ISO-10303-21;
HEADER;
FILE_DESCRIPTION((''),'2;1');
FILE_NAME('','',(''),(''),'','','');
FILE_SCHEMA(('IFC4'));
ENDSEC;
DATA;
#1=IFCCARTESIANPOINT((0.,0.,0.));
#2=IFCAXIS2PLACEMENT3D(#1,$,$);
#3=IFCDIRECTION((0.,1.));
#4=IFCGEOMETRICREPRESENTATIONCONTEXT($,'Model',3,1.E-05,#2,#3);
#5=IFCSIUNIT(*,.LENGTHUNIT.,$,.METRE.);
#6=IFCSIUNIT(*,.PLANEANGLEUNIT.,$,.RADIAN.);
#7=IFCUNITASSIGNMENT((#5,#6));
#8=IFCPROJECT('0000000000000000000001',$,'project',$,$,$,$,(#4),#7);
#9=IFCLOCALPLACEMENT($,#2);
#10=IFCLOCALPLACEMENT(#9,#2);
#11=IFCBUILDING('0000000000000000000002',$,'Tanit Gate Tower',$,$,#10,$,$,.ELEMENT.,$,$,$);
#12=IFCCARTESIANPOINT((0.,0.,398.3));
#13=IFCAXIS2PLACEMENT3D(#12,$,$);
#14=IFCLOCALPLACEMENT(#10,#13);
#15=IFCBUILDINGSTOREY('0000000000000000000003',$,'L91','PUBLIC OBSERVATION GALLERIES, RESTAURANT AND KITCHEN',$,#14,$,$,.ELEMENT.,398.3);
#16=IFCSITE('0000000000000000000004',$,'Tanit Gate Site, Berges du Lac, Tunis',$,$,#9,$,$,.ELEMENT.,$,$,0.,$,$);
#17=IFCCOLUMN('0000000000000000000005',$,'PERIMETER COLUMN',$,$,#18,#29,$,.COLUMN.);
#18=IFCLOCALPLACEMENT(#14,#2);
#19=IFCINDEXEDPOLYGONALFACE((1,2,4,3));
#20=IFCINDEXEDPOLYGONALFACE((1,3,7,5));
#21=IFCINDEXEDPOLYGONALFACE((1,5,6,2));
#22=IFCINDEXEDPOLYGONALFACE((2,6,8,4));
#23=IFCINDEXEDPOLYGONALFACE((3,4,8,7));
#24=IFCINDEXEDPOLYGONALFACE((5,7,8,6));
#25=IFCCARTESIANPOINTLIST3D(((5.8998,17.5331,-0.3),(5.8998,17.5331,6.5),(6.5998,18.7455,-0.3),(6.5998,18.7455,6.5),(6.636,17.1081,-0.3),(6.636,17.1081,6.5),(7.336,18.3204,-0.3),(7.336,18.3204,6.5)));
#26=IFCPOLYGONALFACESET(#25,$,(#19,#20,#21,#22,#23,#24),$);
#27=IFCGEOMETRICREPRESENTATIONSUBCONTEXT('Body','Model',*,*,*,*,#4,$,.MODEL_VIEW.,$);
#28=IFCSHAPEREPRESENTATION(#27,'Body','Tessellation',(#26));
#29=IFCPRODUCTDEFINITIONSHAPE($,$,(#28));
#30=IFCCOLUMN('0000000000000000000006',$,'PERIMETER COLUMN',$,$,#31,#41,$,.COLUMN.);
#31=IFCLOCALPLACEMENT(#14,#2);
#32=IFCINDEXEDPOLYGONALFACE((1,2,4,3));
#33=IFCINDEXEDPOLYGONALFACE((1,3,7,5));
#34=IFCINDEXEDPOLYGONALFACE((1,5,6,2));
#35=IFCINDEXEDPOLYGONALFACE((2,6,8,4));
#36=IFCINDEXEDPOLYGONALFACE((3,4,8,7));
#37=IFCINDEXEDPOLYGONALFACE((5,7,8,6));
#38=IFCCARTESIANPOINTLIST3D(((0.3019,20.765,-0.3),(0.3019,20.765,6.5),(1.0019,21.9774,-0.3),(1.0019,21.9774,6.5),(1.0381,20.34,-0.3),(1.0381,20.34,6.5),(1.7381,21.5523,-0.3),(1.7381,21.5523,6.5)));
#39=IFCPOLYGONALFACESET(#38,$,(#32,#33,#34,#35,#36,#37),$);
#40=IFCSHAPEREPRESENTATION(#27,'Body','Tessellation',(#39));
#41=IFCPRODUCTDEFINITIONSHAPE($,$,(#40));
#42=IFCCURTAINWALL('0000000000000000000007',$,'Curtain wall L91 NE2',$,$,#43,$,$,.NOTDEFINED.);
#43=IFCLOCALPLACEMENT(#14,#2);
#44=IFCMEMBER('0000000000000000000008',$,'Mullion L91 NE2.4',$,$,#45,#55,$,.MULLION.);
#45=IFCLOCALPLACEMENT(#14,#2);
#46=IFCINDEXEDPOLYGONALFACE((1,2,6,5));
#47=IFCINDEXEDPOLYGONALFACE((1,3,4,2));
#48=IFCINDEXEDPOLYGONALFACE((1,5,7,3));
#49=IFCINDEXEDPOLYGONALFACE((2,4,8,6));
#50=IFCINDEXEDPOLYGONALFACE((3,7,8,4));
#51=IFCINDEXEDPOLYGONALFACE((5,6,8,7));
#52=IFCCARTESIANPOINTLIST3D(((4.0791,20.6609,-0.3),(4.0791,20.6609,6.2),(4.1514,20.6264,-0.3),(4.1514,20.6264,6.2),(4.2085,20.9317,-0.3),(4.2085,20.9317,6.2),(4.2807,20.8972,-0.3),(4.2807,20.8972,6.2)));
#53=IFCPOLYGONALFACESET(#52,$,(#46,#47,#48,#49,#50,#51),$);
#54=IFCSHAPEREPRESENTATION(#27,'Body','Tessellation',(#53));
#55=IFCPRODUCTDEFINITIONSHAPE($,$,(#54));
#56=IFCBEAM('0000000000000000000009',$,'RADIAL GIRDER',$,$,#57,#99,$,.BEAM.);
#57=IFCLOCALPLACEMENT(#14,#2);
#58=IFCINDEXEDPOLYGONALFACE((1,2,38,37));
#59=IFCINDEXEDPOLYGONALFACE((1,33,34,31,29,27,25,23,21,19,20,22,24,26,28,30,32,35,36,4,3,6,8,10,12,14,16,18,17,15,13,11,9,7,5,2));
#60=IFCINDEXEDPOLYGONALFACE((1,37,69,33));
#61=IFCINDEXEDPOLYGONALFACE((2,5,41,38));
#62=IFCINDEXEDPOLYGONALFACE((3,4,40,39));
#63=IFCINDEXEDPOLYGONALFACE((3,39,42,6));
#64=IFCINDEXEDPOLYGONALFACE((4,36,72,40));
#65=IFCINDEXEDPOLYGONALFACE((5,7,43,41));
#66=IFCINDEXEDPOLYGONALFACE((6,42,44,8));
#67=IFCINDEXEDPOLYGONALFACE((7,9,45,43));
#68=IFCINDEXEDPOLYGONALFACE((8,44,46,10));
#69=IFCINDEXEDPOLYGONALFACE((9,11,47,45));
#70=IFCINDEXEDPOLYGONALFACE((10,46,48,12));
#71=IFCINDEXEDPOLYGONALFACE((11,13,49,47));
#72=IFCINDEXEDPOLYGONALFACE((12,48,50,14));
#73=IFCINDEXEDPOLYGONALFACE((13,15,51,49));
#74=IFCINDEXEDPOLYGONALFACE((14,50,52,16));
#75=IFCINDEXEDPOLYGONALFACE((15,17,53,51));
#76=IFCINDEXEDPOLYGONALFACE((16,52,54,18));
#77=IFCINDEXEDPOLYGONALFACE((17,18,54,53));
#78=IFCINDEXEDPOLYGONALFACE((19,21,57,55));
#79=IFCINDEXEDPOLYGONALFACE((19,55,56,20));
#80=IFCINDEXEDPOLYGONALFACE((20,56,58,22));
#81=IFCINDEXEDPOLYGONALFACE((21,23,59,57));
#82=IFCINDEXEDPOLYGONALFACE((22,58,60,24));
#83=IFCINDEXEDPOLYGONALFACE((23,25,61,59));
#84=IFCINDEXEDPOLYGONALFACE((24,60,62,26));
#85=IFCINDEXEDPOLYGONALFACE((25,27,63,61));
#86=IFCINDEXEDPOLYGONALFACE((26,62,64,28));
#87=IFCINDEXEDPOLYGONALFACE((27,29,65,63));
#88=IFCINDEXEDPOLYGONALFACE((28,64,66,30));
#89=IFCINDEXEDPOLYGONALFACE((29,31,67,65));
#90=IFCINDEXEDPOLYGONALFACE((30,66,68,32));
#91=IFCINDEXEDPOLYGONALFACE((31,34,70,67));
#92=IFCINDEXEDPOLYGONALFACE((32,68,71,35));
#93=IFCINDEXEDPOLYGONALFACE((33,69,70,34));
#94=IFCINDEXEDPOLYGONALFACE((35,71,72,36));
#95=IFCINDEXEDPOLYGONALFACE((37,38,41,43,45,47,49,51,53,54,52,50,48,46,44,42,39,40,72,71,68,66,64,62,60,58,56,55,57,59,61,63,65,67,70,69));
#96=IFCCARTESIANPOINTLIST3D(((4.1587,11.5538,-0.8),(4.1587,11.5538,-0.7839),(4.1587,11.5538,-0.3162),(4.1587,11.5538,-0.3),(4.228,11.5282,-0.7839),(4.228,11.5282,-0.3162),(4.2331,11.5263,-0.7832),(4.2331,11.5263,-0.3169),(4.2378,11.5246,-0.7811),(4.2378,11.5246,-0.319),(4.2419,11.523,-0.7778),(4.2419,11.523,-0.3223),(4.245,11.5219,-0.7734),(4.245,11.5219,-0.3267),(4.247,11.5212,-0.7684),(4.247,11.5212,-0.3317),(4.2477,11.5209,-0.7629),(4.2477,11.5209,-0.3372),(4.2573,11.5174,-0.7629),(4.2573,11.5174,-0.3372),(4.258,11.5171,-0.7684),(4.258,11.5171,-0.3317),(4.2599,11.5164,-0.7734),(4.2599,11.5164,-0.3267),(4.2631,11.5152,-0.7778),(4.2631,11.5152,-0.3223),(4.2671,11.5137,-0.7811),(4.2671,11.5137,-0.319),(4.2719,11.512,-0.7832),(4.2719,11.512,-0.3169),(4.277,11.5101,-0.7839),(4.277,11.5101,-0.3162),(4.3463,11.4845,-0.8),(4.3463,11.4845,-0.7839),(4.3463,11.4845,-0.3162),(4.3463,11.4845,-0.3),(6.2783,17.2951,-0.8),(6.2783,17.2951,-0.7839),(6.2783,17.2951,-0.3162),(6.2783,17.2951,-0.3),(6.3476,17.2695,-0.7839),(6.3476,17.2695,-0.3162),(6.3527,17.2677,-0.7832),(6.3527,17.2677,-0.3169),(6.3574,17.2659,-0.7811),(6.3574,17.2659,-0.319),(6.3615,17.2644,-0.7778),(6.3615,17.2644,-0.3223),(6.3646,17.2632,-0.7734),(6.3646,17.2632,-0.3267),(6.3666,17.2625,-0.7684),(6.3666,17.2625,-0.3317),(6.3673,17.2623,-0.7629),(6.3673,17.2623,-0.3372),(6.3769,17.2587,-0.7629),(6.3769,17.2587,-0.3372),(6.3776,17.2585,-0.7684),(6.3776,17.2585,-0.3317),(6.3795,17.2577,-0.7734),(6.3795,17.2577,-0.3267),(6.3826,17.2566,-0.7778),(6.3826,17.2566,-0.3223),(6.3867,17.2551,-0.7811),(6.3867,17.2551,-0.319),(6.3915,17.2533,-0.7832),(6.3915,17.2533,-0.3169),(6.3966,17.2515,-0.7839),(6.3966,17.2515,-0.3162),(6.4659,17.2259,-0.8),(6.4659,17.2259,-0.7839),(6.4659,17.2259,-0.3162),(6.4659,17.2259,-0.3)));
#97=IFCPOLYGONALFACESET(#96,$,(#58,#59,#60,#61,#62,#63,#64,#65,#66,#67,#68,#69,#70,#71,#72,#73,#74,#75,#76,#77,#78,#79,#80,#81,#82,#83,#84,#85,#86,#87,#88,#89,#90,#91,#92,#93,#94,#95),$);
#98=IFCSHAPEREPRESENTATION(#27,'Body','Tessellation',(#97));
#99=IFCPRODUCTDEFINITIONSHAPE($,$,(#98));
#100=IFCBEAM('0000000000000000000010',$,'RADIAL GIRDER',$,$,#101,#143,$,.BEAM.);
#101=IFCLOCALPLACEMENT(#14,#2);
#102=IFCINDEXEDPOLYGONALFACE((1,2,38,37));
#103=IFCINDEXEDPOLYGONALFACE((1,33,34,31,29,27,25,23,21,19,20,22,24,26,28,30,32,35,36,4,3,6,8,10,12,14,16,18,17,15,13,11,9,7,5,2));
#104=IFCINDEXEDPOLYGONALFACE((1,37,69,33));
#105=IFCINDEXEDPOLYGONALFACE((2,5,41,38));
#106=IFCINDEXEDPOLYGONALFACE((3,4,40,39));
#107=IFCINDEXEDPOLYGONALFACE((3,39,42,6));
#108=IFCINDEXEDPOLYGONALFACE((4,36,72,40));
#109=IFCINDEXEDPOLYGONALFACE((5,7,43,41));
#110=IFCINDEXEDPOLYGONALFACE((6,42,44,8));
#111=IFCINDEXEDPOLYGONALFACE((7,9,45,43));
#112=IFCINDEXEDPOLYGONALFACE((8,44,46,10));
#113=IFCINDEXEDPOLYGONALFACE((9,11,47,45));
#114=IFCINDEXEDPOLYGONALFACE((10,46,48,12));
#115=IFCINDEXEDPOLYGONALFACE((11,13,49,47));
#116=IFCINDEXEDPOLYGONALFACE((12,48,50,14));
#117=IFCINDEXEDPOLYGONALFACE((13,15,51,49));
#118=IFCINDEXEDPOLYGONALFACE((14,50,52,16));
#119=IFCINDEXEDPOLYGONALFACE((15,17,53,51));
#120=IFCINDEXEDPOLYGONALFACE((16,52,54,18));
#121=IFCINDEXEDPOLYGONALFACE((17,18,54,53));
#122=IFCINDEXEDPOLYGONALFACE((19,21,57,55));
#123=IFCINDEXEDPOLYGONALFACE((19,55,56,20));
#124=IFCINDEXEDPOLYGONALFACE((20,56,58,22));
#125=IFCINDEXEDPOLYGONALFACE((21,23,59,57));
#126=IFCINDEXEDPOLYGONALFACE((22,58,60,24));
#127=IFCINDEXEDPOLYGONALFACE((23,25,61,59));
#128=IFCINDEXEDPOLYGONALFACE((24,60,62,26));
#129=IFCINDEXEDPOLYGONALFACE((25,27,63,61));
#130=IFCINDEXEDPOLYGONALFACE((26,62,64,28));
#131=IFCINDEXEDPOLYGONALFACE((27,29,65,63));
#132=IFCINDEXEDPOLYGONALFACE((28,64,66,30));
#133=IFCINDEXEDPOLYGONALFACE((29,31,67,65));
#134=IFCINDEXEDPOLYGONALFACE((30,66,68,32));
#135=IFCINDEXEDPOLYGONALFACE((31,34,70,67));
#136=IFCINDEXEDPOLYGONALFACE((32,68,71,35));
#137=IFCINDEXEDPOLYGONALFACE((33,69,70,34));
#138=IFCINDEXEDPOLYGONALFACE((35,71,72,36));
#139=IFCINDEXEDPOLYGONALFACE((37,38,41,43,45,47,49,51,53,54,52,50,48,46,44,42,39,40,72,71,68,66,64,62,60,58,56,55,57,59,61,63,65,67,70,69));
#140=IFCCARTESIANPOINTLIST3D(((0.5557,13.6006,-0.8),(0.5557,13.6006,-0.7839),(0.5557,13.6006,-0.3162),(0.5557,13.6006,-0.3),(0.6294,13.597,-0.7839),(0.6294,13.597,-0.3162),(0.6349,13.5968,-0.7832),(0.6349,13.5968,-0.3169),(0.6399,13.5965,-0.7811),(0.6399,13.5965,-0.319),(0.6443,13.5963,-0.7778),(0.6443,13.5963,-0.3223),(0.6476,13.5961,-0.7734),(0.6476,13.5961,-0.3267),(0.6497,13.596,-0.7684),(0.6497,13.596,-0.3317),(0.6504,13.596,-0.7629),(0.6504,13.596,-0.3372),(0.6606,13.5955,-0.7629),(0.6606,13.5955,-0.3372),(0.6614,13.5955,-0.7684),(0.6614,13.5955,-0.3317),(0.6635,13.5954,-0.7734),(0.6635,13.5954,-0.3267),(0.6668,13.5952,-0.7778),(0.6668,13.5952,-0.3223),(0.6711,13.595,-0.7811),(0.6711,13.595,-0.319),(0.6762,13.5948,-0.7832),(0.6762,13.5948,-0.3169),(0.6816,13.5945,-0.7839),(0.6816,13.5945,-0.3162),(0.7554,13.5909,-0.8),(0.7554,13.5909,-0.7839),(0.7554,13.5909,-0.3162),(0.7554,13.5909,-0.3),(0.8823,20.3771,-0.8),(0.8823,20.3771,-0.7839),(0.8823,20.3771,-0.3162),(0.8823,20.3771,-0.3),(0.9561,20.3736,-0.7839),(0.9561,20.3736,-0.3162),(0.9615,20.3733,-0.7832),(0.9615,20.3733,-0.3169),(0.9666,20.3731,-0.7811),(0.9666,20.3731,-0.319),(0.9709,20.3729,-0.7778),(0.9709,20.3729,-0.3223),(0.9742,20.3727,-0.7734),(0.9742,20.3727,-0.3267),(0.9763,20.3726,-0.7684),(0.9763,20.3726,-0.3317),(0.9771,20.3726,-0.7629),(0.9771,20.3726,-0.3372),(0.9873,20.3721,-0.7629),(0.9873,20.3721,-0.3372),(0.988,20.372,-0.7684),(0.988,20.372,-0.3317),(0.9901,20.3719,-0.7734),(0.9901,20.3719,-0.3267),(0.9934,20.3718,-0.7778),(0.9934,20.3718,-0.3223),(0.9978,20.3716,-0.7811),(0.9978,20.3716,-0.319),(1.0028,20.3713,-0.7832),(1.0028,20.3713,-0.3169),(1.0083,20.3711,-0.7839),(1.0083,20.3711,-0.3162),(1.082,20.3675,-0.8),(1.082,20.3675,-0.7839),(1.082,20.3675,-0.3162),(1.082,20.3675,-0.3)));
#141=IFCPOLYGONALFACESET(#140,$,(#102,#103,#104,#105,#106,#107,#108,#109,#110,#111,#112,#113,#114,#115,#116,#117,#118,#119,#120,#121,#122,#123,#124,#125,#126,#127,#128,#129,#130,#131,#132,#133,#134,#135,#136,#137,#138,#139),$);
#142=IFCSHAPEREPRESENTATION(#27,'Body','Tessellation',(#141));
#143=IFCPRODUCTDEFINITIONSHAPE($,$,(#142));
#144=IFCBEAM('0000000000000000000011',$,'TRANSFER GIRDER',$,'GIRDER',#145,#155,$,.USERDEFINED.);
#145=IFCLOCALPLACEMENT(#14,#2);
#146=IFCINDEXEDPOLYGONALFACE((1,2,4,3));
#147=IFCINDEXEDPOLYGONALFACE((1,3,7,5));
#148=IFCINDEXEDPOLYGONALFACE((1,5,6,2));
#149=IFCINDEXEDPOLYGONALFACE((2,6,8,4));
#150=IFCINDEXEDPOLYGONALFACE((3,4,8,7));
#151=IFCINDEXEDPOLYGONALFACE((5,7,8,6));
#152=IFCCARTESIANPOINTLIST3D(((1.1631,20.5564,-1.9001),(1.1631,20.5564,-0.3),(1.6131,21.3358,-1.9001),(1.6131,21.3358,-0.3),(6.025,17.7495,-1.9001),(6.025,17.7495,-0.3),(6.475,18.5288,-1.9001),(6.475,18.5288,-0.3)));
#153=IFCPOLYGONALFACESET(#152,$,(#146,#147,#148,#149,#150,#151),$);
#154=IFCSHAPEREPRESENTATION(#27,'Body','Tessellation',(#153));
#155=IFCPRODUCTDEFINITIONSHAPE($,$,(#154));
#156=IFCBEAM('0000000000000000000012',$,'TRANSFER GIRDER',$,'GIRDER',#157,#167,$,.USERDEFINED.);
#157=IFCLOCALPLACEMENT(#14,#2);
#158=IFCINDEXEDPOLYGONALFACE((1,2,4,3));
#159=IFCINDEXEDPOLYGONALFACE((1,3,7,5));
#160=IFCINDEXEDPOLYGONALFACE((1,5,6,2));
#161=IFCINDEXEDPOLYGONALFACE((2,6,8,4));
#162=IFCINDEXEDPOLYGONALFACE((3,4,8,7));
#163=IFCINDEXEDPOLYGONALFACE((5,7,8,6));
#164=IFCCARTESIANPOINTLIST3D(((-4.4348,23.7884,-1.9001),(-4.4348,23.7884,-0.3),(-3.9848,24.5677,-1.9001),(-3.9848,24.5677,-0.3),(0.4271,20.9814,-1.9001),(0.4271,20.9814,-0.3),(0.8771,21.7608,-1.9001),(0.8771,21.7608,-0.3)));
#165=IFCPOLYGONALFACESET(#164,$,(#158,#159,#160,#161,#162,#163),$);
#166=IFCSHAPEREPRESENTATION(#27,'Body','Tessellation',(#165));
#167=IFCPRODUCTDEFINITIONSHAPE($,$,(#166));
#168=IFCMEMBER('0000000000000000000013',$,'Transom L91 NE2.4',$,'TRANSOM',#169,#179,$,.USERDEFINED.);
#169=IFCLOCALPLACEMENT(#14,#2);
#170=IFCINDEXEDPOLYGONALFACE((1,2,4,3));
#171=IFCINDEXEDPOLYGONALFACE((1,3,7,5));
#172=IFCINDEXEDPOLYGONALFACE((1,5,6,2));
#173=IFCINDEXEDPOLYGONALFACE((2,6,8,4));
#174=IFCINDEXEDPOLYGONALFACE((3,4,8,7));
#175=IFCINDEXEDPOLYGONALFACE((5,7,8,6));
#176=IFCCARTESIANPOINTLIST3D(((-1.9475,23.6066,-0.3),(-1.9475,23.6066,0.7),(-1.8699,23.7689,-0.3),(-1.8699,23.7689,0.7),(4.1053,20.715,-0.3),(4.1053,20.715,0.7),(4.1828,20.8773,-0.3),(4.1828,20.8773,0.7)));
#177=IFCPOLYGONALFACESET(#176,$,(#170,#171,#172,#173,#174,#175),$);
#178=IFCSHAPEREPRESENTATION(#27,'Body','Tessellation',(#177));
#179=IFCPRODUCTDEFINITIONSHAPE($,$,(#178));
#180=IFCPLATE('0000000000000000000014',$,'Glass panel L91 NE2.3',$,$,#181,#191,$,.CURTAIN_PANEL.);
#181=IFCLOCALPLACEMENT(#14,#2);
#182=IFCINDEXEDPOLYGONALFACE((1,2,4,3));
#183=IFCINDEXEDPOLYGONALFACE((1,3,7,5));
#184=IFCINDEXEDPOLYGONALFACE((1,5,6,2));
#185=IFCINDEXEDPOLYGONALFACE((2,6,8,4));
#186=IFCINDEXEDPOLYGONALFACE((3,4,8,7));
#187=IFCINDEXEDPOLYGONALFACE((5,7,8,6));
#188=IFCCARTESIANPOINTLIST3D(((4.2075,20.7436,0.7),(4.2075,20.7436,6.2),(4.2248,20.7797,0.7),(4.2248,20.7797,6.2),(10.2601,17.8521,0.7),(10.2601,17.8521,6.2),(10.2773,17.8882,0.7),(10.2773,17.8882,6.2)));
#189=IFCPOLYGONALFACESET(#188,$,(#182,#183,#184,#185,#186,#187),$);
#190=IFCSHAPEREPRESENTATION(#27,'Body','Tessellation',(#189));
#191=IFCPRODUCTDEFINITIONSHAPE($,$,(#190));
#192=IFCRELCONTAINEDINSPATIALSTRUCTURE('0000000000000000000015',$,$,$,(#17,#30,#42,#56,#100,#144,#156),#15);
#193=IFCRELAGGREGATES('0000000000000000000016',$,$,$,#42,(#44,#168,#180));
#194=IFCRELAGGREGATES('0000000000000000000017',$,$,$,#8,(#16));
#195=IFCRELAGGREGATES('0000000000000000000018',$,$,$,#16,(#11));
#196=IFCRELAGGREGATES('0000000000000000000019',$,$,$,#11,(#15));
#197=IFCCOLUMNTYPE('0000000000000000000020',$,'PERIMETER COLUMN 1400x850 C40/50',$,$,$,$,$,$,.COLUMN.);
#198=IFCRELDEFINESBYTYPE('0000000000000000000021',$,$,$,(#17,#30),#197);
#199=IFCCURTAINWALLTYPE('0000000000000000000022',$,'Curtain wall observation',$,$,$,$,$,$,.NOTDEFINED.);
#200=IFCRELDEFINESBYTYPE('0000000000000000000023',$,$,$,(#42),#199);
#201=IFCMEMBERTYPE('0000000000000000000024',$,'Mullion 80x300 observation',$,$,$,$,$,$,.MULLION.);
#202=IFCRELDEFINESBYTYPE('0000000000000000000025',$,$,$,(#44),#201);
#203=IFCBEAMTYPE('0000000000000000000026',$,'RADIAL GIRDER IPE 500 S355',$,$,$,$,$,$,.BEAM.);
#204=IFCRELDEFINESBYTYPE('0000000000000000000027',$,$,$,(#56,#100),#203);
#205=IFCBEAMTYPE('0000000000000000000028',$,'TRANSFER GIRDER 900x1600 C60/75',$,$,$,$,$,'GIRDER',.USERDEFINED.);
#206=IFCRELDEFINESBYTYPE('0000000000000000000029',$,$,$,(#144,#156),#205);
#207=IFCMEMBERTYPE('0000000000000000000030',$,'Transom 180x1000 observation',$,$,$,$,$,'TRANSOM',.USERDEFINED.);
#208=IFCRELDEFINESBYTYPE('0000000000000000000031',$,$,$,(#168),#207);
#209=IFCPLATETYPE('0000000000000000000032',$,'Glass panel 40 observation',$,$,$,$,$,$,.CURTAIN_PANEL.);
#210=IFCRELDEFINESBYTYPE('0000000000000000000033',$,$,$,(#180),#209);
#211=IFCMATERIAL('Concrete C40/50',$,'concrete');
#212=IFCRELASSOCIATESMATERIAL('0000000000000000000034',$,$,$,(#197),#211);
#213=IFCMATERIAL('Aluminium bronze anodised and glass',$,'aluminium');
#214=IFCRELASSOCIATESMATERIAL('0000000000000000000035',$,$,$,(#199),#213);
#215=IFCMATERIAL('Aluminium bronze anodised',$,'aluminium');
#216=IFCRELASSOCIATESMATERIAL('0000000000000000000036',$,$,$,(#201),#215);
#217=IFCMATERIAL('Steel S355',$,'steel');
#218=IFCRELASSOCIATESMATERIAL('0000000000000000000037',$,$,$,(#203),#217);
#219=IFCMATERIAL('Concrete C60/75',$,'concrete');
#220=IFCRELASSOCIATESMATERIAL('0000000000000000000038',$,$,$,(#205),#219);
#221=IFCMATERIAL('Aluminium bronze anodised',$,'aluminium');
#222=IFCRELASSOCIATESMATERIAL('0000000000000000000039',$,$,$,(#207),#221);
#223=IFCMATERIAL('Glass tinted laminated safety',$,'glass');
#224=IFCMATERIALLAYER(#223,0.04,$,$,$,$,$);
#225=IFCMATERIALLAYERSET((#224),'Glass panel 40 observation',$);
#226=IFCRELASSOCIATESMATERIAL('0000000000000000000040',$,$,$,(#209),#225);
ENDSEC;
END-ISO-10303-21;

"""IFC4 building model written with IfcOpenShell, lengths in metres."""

from ifc_helpers import new_model, si_unit, direction, frame, origin, origin_2d, place, context, subcontext, project, spatial, rectangle, i_section, extrude, material, layer, layer_set, material_profile, profile_set, type_object, element, aggregate, save


model = new_model("IFC4")

# Units and contexts
model_context = context("Model", 3, precision=1e-05, world=origin(), true_north=direction((0.0, 1.0)))
body_context = subcontext(model_context, "Body", "Model", "MODEL_VIEW")
ifc_project = project(units=[si_unit("LENGTHUNIT", "METRE"), si_unit("PLANEANGLEUNIT", "RADIAN")], contexts=[model_context])

# Site, building, storey
site_placement = place(None, origin())
site = spatial("IfcSite", under=ifc_project, at=site_placement, Name="Tanit Gate Site, Berges du Lac, Tunis", CompositionType="ELEMENT", RefElevation=0.0)
building_placement = place(site_placement, origin())
building = spatial("IfcBuilding", under=site, at=building_placement, Name="Tanit Gate Tower", CompositionType="ELEMENT")
storey_placement = place(building_placement, frame((0.0, 0.0, 398.3)))
storey = spatial("IfcBuildingStorey", under=building, at=storey_placement, Name="L91", Description="PUBLIC OBSERVATION GALLERIES, RESTAURANT AND KITCHEN", CompositionType="ELEMENT", Elevation=398.3)

# Columns
ifc_material_1 = material(Name="Concrete C40/50", Category="concrete")
ifc_material_profile_1 = material_profile(ifc_material_1, rectangle(XDim=1.3999, YDim=0.8501, at=origin_2d()), Name="RC 1400x850")
ifc_profile_set_1 = profile_set([ifc_material_profile_1], Name="Concrete C40/50")
column_type = type_object("IfcColumnType", Name="PERIMETER COLUMN 1400x850 C40/50", PredefinedType="COLUMN", material=ifc_profile_set_1)
for number, where, z_axis, x_axis, name in (
    (1, (6.6179, 17.9268, -0.3), (0.0, 0.0, 1.0), (0.5, 0.866025, 0.0), "PERIMETER COLUMN"),
    (2, (1.02, 21.1587, -0.3), (0.0, 0.0, 1.0), (0.5, 0.866025, 0.0), "PERIMETER COLUMN"),
):
    element("IfcColumn", number, at=place(storey_placement, frame(where, z_axis=z_axis, x_axis=x_axis)), inside=storey, type_object=column_type, Name=name, PredefinedType="COLUMN", context=body_context, shape_type="SweptSolid", body=[
        extrude(rectangle(XDim=1.3999, YDim=0.8501, at=origin_2d()), origin(), (0.0, 0.0, 1.0), 6.8),
    ])

# Curtain wall, member
ifc_material_2 = material(Name="Aluminium bronze anodised and glass", Category="aluminium")
curtain_wall_type = type_object("IfcCurtainWallType", Name="Curtain wall observation", PredefinedType="NOTDEFINED", material=ifc_material_2)
curtain_wall_placement = place(storey_placement, origin())
curtain_wall = element("IfcCurtainWall", 3, at=curtain_wall_placement, inside=storey, type_object=curtain_wall_type, Name="Curtain wall L91 NE2", PredefinedType="NOTDEFINED")
ifc_material_3 = material(Name="Aluminium bronze anodised", Category="aluminium")
ifc_material_profile_2 = material_profile(ifc_material_3, rectangle(XDim=0.3, YDim=0.0801, at=origin_2d()), Name="80x300 bronze mullion")
ifc_profile_set_2 = profile_set([ifc_material_profile_2], Name="Aluminium bronze anodised")
member_type_1 = type_object("IfcMemberType", Name="Mullion 80x300 observation", PredefinedType="MULLION", material=ifc_profile_set_2)
member_1_placement = place(storey_placement, frame((4.1799, 20.7791, -0.3), z_axis=(0.0, 0.0, 1.0), x_axis=(-0.431073, -0.902317, 0.0)))
member_1 = element("IfcMember", 4, at=member_1_placement, type_object=member_type_1, Name="Mullion L91 NE2.4", PredefinedType="MULLION", context=body_context, shape_type="SweptSolid", body=[
    extrude(rectangle(XDim=0.3, YDim=0.0801, at=origin_2d()), origin(), (0.0, 0.0, 1.0), 6.5),
])

# Beams
ifc_material_4 = material(Name="Steel S355", Category="steel")
ifc_material_profile_3 = material_profile(ifc_material_4, i_section(OverallWidth=0.2, OverallDepth=0.5, WebThickness=0.0103, FlangeThickness=0.0161, FilletRadius=0.021, at=origin_2d()), Name="IPE 500")
ifc_profile_set_3 = profile_set([ifc_material_profile_3], Name="Steel S355")
beam_type_1 = type_object("IfcBeamType", Name="RADIAL GIRDER IPE 500 S355", PredefinedType="BEAM", material=ifc_profile_set_3)
beam_1_placement = place(storey_placement, frame((6.3721, 17.2605, -0.55), z_axis=(-0.346332, -0.938112, 0.0), x_axis=(0.938112, -0.346332, 0.0)))
element("IfcBeam", 5, at=beam_1_placement, inside=storey, type_object=beam_type_1, Name="RADIAL GIRDER", PredefinedType="BEAM", context=body_context, shape_type="SweptSolid", body=[
    extrude(i_section(OverallWidth=0.2, OverallDepth=0.5, WebThickness=0.0103, FlangeThickness=0.0161, FilletRadius=0.021, at=origin_2d()), origin(), (0.0, 0.0, 1.0), 6.1201),
])
beam_2_placement = place(storey_placement, frame((0.9822, 20.3723, -0.55), z_axis=(-0.048148, -0.99884, 0.0), x_axis=(0.99884, -0.048148, 0.0)))
element("IfcBeam", 6, at=beam_2_placement, inside=storey, type_object=beam_type_1, Name="RADIAL GIRDER", PredefinedType="BEAM", context=body_context, shape_type="SweptSolid", body=[
    extrude(i_section(OverallWidth=0.2, OverallDepth=0.5, WebThickness=0.0103, FlangeThickness=0.0161, FilletRadius=0.021, at=origin_2d()), origin(), (0.0, 0.0, 1.0), 6.7844),
])
ifc_material_5 = material(Name="Concrete C60/75", Category="concrete")
ifc_material_profile_4 = material_profile(ifc_material_5, rectangle(XDim=0.8999, YDim=1.6001, at=origin_2d()), Name="RC 900x1600")
ifc_profile_set_4 = profile_set([ifc_material_profile_4], Name="Concrete C60/75")
beam_type_2 = type_object("IfcBeamType", Name="TRANSFER GIRDER 900x1600 C60/75", ElementType="GIRDER", PredefinedType="USERDEFINED", material=ifc_profile_set_4)
for number, where, z_axis, x_axis, name in (
    (7, (6.25, 18.1392, -1.1001), (-0.866032, 0.499988, 0.0), (-0.499988, -0.866032, 0.0), "TRANSFER GIRDER"),
    (8, (0.6521, 21.3711, -1.1001), (-0.866032, 0.499988, 0.0), (-0.499988, -0.866032, 0.0), "TRANSFER GIRDER"),
):
    element("IfcBeam", number, at=place(storey_placement, frame(where, z_axis=z_axis, x_axis=x_axis)), inside=storey, type_object=beam_type_2, Name=name, ObjectType="GIRDER", PredefinedType="USERDEFINED", context=body_context, shape_type="SweptSolid", body=[
        extrude(rectangle(XDim=0.8999, YDim=1.6001, at=origin_2d()), origin(), (0.0, 0.0, 1.0), 5.614),
    ])

# Member
ifc_material_6 = material(Name="Aluminium bronze anodised", Category="aluminium")
ifc_material_profile_5 = material_profile(ifc_material_6, rectangle(XDim=0.1799, YDim=1.0, at=origin_2d()), Name="180x1000 bronze transom")
ifc_profile_set_5 = profile_set([ifc_material_profile_5], Name="Aluminium bronze anodised")
member_type_2 = type_object("IfcMemberType", Name="Transom 180x1000 observation", ElementType="TRANSOM", PredefinedType="USERDEFINED", material=ifc_profile_set_5)
member_2_placement = place(storey_placement, frame((4.144, 20.7961, 0.2), z_axis=(-0.902319, 0.431069, 0.0), x_axis=(-0.431069, -0.902319, 0.0)))
member_2 = element("IfcMember", 9, at=member_2_placement, type_object=member_type_2, Name="Transom L91 NE2.4", ObjectType="TRANSOM", PredefinedType="USERDEFINED", context=body_context, shape_type="SweptSolid", body=[
    extrude(rectangle(XDim=0.1799, YDim=1.0, at=origin_2d()), origin(), (0.0, 0.0, 1.0), 6.708),
])

# Plate
ifc_material_7 = material(Name="Glass tinted laminated safety", Category="glass")
ifc_layer_1 = layer(ifc_material_7, 0.04)
ifc_layer_set_1 = layer_set([ifc_layer_1], Name="Glass panel 40 observation")
plate_type = type_object("IfcPlateType", Name="Glass panel 40 observation", PredefinedType="CURTAIN_PANEL", material=ifc_layer_set_1)
plate_1_placement = place(storey_placement, frame((7.2424, 19.3159, 0.7), z_axis=(0.0, 0.0, 1.0), x_axis=(-0.902317, 0.431073, 0.0)))
plate_1 = element("IfcPlate", 10, at=plate_1_placement, type_object=plate_type, Name="Glass panel L91 NE2.3", PredefinedType="CURTAIN_PANEL", context=body_context, shape_type="SweptSolid", body=[
    extrude(rectangle(XDim=6.7078, YDim=0.04, at=origin_2d()), origin(), (0.0, 0.0, 1.0), 5.5),
])
aggregate(curtain_wall, [member_1, member_2, plate_1])

save(model, "model.ifc")
